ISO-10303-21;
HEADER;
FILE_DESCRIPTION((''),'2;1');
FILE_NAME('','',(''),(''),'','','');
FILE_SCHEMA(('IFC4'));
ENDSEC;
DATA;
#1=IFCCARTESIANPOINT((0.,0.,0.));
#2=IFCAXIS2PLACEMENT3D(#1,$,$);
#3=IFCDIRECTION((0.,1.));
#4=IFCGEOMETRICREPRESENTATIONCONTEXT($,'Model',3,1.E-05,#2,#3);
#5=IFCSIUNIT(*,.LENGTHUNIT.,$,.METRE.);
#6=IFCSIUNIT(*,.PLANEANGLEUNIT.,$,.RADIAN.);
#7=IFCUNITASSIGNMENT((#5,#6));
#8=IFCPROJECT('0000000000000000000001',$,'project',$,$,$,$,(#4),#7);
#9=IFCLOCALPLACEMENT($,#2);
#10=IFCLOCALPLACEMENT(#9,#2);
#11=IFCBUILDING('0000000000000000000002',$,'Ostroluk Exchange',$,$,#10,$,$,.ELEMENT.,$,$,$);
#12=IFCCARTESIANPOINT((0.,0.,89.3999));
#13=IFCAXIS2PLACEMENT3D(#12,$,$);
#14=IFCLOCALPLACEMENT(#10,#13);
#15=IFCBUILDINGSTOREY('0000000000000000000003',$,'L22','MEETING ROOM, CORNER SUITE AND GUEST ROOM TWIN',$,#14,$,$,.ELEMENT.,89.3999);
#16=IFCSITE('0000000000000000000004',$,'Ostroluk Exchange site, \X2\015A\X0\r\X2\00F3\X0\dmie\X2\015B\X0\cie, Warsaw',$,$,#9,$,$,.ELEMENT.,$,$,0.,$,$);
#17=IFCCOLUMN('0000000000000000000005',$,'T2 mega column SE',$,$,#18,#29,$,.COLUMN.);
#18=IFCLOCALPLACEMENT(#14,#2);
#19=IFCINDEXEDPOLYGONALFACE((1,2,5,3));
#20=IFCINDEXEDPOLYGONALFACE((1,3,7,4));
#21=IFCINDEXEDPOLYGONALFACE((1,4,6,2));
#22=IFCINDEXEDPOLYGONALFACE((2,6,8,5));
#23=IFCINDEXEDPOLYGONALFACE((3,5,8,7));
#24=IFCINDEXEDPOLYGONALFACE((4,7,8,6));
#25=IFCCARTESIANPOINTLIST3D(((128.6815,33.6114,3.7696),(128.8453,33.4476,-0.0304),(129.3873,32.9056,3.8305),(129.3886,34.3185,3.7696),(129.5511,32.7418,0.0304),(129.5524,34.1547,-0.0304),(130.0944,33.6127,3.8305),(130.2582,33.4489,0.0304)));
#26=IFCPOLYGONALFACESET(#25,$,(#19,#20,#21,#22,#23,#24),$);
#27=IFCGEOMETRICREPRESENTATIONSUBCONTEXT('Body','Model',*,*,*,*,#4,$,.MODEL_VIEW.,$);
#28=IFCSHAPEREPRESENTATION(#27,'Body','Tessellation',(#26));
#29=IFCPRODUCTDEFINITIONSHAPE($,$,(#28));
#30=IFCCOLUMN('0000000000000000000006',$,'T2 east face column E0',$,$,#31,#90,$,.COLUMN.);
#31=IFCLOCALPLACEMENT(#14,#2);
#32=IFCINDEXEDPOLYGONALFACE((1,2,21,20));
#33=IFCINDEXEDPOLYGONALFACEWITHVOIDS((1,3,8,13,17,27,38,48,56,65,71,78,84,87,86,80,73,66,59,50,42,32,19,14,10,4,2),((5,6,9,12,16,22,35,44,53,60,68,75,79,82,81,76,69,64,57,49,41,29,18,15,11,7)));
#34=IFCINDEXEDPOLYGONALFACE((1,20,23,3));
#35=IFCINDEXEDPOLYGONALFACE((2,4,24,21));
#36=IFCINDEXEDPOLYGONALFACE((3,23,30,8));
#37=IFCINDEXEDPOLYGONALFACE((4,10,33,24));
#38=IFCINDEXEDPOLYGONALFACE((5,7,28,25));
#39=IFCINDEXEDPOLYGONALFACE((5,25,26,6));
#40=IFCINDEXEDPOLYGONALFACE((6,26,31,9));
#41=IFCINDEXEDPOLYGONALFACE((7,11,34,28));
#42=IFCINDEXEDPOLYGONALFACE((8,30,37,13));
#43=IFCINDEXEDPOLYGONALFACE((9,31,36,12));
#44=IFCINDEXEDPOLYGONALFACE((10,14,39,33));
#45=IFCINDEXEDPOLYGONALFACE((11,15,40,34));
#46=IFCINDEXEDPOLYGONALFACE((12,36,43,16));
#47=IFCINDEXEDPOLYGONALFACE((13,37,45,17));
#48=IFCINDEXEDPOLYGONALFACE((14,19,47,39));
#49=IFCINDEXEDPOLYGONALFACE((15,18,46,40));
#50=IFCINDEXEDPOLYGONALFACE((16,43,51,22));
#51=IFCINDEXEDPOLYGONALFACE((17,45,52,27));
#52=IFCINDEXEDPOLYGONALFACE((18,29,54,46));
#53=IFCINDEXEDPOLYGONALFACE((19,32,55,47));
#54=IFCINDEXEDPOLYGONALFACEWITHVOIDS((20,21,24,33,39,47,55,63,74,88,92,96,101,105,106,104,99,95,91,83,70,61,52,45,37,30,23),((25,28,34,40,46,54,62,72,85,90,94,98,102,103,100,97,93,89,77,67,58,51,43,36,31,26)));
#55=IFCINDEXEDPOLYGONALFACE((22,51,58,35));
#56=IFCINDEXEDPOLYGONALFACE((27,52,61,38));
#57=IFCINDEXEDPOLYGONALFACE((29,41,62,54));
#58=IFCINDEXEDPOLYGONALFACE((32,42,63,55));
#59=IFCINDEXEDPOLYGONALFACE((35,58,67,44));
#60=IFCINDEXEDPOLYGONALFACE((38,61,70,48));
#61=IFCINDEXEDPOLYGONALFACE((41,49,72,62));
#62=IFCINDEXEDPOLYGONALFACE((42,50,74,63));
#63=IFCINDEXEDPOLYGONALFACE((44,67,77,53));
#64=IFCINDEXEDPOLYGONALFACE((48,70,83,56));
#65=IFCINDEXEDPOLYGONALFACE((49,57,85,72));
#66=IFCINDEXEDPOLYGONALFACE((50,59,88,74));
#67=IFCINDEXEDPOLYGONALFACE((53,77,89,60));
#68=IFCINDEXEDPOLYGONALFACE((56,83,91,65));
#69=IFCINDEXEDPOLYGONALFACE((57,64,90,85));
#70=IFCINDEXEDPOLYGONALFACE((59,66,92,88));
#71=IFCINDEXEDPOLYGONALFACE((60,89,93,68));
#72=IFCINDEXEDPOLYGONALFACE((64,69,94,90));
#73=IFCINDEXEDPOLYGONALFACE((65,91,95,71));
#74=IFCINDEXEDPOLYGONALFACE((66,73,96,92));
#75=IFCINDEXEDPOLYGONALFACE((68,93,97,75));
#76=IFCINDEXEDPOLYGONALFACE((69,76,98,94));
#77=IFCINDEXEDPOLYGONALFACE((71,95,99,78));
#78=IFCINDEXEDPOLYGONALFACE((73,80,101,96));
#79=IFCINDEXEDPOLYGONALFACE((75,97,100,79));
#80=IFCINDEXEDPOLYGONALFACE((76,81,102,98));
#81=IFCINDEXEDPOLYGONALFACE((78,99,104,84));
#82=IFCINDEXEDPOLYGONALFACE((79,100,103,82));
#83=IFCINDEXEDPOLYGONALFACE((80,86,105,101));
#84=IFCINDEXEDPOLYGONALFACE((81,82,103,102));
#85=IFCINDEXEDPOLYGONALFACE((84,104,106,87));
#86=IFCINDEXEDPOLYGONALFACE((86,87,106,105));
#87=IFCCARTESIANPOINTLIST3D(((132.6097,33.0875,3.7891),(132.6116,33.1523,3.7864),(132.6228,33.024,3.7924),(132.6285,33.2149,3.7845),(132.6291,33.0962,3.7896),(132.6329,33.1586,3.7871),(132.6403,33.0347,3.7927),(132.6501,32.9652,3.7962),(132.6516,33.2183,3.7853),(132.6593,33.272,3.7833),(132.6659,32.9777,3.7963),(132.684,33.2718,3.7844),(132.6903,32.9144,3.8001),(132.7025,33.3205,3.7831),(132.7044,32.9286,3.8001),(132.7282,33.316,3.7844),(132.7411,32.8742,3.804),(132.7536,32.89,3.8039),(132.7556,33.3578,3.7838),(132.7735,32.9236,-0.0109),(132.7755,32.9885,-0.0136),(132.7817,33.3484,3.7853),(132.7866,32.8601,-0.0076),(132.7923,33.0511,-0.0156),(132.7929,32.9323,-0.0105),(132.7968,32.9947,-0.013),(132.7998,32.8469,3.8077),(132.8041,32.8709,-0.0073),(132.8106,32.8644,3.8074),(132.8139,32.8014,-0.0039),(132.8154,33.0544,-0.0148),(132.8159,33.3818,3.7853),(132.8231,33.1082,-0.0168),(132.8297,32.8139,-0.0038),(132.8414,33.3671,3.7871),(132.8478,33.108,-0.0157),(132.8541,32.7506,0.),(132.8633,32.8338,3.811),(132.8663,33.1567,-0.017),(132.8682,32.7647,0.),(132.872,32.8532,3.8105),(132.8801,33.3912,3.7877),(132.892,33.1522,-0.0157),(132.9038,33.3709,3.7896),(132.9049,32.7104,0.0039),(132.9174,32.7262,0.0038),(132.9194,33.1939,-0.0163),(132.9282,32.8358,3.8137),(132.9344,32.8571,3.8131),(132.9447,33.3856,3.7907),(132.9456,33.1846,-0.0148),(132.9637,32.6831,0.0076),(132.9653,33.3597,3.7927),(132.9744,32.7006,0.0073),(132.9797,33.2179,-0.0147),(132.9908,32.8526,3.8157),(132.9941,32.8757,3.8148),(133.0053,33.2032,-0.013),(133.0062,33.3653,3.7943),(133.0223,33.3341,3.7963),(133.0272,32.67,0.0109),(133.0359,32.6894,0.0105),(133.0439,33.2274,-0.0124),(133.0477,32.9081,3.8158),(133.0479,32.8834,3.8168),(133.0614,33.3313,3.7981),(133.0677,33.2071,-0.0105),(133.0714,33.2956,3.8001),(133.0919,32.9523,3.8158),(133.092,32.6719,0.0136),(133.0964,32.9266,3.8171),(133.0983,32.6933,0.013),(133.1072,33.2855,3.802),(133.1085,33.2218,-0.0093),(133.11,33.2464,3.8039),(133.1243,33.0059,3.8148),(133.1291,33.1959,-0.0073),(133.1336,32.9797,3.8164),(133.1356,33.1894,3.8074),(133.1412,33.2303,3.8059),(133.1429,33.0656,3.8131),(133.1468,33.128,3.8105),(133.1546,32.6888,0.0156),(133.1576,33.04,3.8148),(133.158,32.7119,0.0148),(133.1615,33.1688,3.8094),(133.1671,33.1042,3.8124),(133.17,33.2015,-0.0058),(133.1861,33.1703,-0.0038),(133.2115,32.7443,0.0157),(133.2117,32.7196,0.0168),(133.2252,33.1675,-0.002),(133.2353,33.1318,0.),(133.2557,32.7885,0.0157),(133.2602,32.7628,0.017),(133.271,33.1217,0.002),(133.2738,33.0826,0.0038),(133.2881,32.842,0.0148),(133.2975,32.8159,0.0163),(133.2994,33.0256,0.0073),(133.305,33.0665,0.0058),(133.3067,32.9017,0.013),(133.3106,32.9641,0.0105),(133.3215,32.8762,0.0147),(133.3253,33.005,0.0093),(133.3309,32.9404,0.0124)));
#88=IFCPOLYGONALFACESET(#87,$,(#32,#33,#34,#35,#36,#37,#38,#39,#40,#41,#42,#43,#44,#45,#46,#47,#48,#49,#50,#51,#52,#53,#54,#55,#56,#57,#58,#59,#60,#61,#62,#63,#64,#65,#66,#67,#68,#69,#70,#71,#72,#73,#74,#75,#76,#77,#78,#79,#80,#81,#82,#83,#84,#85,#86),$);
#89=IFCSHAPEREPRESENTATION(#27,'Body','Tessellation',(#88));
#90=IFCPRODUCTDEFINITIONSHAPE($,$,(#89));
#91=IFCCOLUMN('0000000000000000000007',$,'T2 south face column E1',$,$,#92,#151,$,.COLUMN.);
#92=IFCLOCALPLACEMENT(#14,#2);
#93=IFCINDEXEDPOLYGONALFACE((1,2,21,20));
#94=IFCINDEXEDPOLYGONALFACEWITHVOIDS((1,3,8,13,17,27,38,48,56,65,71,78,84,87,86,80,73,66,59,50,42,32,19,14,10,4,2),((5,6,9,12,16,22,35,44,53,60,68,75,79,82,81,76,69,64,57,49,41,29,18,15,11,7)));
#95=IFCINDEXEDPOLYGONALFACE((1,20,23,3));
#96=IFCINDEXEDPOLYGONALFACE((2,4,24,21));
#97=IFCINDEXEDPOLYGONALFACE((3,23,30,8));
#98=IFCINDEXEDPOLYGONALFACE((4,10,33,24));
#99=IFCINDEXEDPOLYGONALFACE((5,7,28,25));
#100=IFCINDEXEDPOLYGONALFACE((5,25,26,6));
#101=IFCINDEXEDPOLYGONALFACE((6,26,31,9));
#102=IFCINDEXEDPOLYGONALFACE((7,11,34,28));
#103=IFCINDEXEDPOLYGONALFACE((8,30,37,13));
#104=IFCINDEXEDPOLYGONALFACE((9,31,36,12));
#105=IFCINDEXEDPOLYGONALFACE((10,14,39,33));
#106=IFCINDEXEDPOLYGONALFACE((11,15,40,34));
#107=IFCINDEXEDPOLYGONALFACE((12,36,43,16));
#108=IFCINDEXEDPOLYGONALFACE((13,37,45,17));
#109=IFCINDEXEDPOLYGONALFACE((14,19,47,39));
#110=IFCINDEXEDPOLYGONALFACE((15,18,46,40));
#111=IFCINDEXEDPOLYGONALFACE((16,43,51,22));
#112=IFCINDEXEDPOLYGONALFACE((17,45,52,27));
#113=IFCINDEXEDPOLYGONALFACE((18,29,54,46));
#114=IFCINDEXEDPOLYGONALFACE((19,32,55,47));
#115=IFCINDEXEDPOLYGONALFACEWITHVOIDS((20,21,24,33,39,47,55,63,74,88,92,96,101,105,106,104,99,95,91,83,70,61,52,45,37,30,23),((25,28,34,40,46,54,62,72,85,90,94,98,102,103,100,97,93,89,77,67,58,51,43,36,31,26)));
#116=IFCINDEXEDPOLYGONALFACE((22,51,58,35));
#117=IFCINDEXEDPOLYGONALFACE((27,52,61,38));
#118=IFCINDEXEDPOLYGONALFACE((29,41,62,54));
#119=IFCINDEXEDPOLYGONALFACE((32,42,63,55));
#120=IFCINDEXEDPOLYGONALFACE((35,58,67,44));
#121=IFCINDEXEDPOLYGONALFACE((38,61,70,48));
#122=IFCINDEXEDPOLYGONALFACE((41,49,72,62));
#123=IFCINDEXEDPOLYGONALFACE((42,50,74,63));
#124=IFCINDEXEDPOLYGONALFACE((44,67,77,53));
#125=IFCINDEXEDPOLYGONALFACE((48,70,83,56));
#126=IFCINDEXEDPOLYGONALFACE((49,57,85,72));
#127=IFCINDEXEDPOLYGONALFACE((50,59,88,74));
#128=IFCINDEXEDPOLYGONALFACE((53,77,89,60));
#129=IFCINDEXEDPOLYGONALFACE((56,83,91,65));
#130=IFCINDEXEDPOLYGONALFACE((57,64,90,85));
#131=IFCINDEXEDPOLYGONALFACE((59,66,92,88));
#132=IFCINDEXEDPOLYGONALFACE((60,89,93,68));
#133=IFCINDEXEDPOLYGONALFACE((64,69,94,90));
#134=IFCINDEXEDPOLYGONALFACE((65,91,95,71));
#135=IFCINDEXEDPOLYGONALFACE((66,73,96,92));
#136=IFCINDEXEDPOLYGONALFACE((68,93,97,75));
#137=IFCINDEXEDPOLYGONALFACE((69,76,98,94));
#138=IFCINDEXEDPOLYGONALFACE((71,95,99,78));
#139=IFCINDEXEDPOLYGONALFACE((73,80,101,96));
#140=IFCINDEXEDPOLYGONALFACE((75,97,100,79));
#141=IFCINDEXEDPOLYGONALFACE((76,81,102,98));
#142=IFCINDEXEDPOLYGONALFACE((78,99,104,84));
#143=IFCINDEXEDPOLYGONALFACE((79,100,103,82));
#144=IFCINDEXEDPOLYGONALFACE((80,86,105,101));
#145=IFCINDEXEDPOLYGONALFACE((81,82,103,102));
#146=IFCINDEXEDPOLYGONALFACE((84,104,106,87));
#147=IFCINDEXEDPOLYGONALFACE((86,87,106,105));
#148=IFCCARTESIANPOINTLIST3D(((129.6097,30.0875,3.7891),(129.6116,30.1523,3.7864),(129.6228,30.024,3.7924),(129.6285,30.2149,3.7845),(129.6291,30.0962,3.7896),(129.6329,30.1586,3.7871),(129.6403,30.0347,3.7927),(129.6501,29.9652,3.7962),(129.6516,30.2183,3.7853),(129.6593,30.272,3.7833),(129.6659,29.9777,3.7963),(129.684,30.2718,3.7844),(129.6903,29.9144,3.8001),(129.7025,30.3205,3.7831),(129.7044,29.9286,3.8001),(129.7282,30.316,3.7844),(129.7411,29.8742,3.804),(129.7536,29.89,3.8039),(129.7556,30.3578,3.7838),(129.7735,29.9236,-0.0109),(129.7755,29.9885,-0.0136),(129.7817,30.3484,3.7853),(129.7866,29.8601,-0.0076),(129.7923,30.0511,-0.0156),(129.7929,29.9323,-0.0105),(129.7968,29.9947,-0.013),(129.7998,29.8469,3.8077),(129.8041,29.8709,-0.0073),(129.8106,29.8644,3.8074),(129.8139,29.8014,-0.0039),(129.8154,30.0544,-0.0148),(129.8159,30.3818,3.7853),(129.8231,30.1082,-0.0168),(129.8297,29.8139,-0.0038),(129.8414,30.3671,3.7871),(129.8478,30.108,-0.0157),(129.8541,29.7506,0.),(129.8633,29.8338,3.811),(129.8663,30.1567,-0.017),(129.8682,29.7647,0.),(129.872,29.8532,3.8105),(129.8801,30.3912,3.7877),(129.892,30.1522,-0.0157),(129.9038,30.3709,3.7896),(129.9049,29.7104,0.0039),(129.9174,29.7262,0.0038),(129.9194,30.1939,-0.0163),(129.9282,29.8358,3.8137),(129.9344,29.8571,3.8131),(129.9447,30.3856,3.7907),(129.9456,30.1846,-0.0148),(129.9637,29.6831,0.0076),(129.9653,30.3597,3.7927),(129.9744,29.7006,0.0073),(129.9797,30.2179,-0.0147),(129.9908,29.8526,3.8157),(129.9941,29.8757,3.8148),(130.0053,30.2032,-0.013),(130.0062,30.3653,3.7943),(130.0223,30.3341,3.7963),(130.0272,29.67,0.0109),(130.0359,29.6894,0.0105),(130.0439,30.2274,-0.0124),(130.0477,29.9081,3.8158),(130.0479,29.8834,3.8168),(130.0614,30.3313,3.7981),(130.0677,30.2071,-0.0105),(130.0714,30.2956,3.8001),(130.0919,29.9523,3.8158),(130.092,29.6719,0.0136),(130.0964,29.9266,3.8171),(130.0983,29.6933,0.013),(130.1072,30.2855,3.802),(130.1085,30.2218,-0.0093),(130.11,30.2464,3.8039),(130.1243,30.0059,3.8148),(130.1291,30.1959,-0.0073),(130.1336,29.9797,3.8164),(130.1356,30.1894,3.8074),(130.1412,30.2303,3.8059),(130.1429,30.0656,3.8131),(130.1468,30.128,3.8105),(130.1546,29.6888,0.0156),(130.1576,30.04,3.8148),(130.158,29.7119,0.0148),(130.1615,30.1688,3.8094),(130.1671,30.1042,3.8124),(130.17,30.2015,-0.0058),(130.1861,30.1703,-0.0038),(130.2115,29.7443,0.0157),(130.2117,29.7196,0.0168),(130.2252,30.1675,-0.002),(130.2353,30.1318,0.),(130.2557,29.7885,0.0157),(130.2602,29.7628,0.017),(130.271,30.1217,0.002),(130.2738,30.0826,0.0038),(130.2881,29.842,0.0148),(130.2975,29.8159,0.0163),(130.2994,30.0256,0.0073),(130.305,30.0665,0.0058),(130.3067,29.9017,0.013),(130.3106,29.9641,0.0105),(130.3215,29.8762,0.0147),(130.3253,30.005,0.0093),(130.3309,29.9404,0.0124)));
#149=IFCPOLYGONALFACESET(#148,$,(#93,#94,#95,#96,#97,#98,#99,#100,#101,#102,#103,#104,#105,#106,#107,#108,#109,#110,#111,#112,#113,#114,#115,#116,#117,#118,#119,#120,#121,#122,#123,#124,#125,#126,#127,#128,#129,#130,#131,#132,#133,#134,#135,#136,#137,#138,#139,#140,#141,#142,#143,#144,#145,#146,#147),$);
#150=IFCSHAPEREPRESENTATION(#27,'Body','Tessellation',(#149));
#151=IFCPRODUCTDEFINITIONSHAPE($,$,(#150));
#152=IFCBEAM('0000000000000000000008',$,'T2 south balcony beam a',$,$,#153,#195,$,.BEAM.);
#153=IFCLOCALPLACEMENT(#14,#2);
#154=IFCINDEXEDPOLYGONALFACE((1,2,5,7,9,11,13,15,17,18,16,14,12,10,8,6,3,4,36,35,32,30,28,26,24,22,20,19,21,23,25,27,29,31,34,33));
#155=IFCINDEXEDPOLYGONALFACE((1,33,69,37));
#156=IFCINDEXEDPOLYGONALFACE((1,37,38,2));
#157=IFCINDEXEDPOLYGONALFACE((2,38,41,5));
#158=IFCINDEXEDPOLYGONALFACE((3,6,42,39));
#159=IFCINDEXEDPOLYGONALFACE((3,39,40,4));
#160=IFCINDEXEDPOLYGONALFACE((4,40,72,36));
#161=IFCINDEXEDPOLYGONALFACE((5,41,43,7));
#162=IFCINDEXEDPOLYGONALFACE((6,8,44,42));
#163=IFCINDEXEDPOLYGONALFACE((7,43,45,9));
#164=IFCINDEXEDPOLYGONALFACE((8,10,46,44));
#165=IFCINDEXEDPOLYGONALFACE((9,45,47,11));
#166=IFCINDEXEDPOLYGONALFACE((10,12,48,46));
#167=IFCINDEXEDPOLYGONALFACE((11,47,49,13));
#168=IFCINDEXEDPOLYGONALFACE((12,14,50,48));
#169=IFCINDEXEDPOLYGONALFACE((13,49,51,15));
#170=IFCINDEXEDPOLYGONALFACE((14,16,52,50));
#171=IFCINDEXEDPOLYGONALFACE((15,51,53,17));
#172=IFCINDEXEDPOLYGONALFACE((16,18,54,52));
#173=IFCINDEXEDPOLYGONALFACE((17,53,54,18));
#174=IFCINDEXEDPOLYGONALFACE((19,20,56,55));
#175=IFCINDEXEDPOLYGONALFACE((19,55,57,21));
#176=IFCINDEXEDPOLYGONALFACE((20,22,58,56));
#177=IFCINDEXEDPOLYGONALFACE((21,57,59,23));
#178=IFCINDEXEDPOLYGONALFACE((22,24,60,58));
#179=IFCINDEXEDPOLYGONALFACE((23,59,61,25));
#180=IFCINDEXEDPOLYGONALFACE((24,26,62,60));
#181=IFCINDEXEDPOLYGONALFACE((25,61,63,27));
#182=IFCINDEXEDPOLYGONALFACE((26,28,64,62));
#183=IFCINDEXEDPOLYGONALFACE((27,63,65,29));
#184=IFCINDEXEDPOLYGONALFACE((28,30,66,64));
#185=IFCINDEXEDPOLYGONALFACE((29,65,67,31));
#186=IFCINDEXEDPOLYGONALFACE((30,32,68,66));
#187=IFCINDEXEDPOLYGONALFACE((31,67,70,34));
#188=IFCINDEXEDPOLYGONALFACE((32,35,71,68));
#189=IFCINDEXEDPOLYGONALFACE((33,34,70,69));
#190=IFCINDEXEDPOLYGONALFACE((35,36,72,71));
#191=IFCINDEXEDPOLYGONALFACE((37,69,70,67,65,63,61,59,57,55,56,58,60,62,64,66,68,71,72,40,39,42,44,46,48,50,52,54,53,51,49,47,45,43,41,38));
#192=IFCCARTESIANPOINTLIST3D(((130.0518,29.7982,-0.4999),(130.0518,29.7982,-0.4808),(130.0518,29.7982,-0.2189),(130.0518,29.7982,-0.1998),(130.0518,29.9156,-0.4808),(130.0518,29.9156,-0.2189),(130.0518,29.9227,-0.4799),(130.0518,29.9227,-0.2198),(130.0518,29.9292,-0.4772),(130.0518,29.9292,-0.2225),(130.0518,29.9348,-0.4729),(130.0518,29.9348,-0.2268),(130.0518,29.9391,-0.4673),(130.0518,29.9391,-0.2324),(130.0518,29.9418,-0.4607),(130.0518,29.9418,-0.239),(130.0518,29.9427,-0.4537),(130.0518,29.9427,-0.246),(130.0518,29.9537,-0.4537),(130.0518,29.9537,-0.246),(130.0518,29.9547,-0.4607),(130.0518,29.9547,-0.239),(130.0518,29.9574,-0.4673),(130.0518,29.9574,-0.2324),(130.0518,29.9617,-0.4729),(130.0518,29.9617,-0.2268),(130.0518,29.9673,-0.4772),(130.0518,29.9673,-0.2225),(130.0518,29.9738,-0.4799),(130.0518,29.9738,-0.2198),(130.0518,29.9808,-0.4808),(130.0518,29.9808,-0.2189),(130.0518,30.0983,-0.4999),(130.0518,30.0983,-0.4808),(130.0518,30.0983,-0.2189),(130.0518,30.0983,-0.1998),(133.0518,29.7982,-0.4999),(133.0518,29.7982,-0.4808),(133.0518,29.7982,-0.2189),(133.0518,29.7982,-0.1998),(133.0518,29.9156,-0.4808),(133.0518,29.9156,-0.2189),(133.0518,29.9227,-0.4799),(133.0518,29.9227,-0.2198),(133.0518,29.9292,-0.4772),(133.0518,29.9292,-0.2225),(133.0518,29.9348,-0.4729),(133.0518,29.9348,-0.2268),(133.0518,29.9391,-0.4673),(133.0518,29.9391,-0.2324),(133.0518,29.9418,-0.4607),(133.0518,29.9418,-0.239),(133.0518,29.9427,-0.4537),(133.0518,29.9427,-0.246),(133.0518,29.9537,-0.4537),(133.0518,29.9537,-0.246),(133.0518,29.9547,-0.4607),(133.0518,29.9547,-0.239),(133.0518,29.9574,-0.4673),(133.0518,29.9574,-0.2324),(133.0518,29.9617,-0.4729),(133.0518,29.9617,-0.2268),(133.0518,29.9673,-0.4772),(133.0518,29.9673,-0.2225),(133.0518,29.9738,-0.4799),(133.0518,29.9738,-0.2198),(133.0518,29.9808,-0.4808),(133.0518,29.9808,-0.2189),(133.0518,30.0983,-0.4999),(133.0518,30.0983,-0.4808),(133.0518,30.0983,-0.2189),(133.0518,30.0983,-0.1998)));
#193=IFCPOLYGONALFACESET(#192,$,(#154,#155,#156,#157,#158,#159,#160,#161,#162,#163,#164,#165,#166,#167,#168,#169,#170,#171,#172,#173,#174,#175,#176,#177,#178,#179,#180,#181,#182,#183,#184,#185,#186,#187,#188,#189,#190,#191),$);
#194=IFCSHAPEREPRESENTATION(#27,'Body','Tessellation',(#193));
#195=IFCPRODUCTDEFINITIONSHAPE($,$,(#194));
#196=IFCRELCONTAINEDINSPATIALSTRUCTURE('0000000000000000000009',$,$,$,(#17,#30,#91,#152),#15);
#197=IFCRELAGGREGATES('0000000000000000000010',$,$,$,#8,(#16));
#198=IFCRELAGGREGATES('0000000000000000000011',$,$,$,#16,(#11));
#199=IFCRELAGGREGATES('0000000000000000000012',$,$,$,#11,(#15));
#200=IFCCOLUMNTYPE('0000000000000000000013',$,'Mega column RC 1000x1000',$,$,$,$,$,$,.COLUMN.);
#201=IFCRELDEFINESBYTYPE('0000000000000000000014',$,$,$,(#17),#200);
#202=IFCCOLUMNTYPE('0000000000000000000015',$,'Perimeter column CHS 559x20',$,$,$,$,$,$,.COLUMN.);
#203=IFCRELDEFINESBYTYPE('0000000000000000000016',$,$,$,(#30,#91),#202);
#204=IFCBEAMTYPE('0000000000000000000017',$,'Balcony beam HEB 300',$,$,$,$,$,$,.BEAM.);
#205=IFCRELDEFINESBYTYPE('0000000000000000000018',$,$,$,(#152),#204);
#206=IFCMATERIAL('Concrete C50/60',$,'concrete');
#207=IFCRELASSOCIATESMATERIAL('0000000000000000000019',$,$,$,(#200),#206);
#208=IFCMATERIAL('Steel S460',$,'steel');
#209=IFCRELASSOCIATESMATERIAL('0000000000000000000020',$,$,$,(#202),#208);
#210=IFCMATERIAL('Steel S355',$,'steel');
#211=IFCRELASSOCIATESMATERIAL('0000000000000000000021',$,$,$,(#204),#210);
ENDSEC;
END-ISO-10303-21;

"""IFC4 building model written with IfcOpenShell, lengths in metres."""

from ifc_helpers import new_model, si_unit, direction, frame, origin, origin_2d, place, context, subcontext, project, spatial, rectangle, hollow_circle, i_section, extrude, material, material_profile, profile_set, type_object, element, save


model = new_model("IFC4")

# Units and contexts
model_context = context("Model", 3, precision=1e-05, world=origin(), true_north=direction((0.0, 1.0)))
body_context = subcontext(model_context, "Body", "Model", "MODEL_VIEW")
ifc_project = project(units=[si_unit("LENGTHUNIT", "METRE"), si_unit("PLANEANGLEUNIT", "RADIAN")], contexts=[model_context])

# Site, building, storey
site_placement = place(None, origin())
site = spatial("IfcSite", under=ifc_project, at=site_placement, Name="Ostroluk Exchange site, Śródmieście, Warsaw", CompositionType="ELEMENT", RefElevation=0.0)
building_placement = place(site_placement, origin())
building = spatial("IfcBuilding", under=site, at=building_placement, Name="Ostroluk Exchange", CompositionType="ELEMENT")
storey_placement = place(building_placement, frame((0.0, 0.0, 89.3999)))
storey = spatial("IfcBuildingStorey", under=building, at=storey_placement, Name="L22", Description="MEETING ROOM, CORNER SUITE AND GUEST ROOM TWIN", CompositionType="ELEMENT", Elevation=89.3999)

# Columns
ifc_material_1 = material(Name="Concrete C50/60", Category="concrete")
ifc_material_profile_1 = material_profile(ifc_material_1, rectangle(XDim=1.0, YDim=1.0, at=origin_2d()), Name="RC 1000x1000")
ifc_profile_set_1 = profile_set([ifc_material_profile_1], Name="Concrete C50/60")
column_type_1 = type_object("IfcColumnType", Name="Mega column RC 1000x1000", PredefinedType="COLUMN", material=ifc_profile_set_1)
column_placement = place(storey_placement, frame((129.5518, 33.4482, 0.0), z_axis=(-0.04303, 0.04303, 0.998147), x_axis=(-0.707107, -0.707107, 0.0)))
element("IfcColumn", 1, at=column_placement, inside=storey, type_object=column_type_1, Name="T2 mega column SE", PredefinedType="COLUMN", context=body_context, shape_type="SweptSolid", body=[
    extrude(rectangle(XDim=1.0, YDim=1.0, at=origin_2d()), origin(), (0.0, 0.0, 1.0), 3.8071),
])
ifc_material_2 = material(Name="Steel S460", Category="steel")
ifc_material_profile_2 = material_profile(ifc_material_2, hollow_circle(Radius=0.2795, WallThickness=0.02, at=origin_2d()), Name="CHS 559x20")
ifc_profile_set_2 = profile_set([ifc_material_profile_2], Name="Steel S460")
column_type_2 = type_object("IfcColumnType", Name="Perimeter column CHS 559x20", PredefinedType="COLUMN", material=ifc_profile_set_2)
for number, where, z_axis, x_axis, name in (
    (2, (133.0518, 32.9482, 0.0), (-0.04303, 0.04303, 0.998147), (-0.707107, -0.707107, 0.0), "T2 east face column E0"),
    (3, (130.0518, 29.9482, 0.0), (-0.04303, 0.04303, 0.998147), (-0.707107, -0.707107, 0.0), "T2 south face column E1"),
):
    element("IfcColumn", number, at=place(storey_placement, frame(where, z_axis=z_axis, x_axis=x_axis)), inside=storey, type_object=column_type_2, Name=name, PredefinedType="COLUMN", context=body_context, shape_type="SweptSolid", body=[
        extrude(hollow_circle(Radius=0.2795, WallThickness=0.02, at=origin_2d()), origin(), (0.0, 0.0, 1.0), 3.8071),
    ])

# Beam
ifc_material_3 = material(Name="Steel S355", Category="steel")
ifc_material_profile_3 = material_profile(ifc_material_3, i_section(OverallWidth=0.3, OverallDepth=0.3, WebThickness=0.011, FlangeThickness=0.019, FilletRadius=0.0271, at=origin_2d()), Name="HEB 300")
ifc_profile_set_3 = profile_set([ifc_material_profile_3], Name="Steel S355")
beam_type_1 = type_object("IfcBeamType", Name="Balcony beam HEB 300", PredefinedType="BEAM", material=ifc_profile_set_3)
for number, where, z_axis, x_axis, name in (
    (4, (130.0518, 29.9482, -0.3499), (1.0, 0.0, 0.0), (0.0, 1.0, 0.0), "T2 south balcony beam a"),
):
    element("IfcBeam", number, at=place(storey_placement, frame(where, z_axis=z_axis, x_axis=x_axis)), inside=storey, type_object=beam_type_1, Name=name, PredefinedType="BEAM", context=body_context, shape_type="SweptSolid", body=[
        extrude(i_section(OverallWidth=0.3, OverallDepth=0.3, WebThickness=0.011, FlangeThickness=0.019, FilletRadius=0.0271, at=origin_2d()), origin(), (0.0, 0.0, 1.0), 3.0),
    ])

save(model, "model.ifc")
